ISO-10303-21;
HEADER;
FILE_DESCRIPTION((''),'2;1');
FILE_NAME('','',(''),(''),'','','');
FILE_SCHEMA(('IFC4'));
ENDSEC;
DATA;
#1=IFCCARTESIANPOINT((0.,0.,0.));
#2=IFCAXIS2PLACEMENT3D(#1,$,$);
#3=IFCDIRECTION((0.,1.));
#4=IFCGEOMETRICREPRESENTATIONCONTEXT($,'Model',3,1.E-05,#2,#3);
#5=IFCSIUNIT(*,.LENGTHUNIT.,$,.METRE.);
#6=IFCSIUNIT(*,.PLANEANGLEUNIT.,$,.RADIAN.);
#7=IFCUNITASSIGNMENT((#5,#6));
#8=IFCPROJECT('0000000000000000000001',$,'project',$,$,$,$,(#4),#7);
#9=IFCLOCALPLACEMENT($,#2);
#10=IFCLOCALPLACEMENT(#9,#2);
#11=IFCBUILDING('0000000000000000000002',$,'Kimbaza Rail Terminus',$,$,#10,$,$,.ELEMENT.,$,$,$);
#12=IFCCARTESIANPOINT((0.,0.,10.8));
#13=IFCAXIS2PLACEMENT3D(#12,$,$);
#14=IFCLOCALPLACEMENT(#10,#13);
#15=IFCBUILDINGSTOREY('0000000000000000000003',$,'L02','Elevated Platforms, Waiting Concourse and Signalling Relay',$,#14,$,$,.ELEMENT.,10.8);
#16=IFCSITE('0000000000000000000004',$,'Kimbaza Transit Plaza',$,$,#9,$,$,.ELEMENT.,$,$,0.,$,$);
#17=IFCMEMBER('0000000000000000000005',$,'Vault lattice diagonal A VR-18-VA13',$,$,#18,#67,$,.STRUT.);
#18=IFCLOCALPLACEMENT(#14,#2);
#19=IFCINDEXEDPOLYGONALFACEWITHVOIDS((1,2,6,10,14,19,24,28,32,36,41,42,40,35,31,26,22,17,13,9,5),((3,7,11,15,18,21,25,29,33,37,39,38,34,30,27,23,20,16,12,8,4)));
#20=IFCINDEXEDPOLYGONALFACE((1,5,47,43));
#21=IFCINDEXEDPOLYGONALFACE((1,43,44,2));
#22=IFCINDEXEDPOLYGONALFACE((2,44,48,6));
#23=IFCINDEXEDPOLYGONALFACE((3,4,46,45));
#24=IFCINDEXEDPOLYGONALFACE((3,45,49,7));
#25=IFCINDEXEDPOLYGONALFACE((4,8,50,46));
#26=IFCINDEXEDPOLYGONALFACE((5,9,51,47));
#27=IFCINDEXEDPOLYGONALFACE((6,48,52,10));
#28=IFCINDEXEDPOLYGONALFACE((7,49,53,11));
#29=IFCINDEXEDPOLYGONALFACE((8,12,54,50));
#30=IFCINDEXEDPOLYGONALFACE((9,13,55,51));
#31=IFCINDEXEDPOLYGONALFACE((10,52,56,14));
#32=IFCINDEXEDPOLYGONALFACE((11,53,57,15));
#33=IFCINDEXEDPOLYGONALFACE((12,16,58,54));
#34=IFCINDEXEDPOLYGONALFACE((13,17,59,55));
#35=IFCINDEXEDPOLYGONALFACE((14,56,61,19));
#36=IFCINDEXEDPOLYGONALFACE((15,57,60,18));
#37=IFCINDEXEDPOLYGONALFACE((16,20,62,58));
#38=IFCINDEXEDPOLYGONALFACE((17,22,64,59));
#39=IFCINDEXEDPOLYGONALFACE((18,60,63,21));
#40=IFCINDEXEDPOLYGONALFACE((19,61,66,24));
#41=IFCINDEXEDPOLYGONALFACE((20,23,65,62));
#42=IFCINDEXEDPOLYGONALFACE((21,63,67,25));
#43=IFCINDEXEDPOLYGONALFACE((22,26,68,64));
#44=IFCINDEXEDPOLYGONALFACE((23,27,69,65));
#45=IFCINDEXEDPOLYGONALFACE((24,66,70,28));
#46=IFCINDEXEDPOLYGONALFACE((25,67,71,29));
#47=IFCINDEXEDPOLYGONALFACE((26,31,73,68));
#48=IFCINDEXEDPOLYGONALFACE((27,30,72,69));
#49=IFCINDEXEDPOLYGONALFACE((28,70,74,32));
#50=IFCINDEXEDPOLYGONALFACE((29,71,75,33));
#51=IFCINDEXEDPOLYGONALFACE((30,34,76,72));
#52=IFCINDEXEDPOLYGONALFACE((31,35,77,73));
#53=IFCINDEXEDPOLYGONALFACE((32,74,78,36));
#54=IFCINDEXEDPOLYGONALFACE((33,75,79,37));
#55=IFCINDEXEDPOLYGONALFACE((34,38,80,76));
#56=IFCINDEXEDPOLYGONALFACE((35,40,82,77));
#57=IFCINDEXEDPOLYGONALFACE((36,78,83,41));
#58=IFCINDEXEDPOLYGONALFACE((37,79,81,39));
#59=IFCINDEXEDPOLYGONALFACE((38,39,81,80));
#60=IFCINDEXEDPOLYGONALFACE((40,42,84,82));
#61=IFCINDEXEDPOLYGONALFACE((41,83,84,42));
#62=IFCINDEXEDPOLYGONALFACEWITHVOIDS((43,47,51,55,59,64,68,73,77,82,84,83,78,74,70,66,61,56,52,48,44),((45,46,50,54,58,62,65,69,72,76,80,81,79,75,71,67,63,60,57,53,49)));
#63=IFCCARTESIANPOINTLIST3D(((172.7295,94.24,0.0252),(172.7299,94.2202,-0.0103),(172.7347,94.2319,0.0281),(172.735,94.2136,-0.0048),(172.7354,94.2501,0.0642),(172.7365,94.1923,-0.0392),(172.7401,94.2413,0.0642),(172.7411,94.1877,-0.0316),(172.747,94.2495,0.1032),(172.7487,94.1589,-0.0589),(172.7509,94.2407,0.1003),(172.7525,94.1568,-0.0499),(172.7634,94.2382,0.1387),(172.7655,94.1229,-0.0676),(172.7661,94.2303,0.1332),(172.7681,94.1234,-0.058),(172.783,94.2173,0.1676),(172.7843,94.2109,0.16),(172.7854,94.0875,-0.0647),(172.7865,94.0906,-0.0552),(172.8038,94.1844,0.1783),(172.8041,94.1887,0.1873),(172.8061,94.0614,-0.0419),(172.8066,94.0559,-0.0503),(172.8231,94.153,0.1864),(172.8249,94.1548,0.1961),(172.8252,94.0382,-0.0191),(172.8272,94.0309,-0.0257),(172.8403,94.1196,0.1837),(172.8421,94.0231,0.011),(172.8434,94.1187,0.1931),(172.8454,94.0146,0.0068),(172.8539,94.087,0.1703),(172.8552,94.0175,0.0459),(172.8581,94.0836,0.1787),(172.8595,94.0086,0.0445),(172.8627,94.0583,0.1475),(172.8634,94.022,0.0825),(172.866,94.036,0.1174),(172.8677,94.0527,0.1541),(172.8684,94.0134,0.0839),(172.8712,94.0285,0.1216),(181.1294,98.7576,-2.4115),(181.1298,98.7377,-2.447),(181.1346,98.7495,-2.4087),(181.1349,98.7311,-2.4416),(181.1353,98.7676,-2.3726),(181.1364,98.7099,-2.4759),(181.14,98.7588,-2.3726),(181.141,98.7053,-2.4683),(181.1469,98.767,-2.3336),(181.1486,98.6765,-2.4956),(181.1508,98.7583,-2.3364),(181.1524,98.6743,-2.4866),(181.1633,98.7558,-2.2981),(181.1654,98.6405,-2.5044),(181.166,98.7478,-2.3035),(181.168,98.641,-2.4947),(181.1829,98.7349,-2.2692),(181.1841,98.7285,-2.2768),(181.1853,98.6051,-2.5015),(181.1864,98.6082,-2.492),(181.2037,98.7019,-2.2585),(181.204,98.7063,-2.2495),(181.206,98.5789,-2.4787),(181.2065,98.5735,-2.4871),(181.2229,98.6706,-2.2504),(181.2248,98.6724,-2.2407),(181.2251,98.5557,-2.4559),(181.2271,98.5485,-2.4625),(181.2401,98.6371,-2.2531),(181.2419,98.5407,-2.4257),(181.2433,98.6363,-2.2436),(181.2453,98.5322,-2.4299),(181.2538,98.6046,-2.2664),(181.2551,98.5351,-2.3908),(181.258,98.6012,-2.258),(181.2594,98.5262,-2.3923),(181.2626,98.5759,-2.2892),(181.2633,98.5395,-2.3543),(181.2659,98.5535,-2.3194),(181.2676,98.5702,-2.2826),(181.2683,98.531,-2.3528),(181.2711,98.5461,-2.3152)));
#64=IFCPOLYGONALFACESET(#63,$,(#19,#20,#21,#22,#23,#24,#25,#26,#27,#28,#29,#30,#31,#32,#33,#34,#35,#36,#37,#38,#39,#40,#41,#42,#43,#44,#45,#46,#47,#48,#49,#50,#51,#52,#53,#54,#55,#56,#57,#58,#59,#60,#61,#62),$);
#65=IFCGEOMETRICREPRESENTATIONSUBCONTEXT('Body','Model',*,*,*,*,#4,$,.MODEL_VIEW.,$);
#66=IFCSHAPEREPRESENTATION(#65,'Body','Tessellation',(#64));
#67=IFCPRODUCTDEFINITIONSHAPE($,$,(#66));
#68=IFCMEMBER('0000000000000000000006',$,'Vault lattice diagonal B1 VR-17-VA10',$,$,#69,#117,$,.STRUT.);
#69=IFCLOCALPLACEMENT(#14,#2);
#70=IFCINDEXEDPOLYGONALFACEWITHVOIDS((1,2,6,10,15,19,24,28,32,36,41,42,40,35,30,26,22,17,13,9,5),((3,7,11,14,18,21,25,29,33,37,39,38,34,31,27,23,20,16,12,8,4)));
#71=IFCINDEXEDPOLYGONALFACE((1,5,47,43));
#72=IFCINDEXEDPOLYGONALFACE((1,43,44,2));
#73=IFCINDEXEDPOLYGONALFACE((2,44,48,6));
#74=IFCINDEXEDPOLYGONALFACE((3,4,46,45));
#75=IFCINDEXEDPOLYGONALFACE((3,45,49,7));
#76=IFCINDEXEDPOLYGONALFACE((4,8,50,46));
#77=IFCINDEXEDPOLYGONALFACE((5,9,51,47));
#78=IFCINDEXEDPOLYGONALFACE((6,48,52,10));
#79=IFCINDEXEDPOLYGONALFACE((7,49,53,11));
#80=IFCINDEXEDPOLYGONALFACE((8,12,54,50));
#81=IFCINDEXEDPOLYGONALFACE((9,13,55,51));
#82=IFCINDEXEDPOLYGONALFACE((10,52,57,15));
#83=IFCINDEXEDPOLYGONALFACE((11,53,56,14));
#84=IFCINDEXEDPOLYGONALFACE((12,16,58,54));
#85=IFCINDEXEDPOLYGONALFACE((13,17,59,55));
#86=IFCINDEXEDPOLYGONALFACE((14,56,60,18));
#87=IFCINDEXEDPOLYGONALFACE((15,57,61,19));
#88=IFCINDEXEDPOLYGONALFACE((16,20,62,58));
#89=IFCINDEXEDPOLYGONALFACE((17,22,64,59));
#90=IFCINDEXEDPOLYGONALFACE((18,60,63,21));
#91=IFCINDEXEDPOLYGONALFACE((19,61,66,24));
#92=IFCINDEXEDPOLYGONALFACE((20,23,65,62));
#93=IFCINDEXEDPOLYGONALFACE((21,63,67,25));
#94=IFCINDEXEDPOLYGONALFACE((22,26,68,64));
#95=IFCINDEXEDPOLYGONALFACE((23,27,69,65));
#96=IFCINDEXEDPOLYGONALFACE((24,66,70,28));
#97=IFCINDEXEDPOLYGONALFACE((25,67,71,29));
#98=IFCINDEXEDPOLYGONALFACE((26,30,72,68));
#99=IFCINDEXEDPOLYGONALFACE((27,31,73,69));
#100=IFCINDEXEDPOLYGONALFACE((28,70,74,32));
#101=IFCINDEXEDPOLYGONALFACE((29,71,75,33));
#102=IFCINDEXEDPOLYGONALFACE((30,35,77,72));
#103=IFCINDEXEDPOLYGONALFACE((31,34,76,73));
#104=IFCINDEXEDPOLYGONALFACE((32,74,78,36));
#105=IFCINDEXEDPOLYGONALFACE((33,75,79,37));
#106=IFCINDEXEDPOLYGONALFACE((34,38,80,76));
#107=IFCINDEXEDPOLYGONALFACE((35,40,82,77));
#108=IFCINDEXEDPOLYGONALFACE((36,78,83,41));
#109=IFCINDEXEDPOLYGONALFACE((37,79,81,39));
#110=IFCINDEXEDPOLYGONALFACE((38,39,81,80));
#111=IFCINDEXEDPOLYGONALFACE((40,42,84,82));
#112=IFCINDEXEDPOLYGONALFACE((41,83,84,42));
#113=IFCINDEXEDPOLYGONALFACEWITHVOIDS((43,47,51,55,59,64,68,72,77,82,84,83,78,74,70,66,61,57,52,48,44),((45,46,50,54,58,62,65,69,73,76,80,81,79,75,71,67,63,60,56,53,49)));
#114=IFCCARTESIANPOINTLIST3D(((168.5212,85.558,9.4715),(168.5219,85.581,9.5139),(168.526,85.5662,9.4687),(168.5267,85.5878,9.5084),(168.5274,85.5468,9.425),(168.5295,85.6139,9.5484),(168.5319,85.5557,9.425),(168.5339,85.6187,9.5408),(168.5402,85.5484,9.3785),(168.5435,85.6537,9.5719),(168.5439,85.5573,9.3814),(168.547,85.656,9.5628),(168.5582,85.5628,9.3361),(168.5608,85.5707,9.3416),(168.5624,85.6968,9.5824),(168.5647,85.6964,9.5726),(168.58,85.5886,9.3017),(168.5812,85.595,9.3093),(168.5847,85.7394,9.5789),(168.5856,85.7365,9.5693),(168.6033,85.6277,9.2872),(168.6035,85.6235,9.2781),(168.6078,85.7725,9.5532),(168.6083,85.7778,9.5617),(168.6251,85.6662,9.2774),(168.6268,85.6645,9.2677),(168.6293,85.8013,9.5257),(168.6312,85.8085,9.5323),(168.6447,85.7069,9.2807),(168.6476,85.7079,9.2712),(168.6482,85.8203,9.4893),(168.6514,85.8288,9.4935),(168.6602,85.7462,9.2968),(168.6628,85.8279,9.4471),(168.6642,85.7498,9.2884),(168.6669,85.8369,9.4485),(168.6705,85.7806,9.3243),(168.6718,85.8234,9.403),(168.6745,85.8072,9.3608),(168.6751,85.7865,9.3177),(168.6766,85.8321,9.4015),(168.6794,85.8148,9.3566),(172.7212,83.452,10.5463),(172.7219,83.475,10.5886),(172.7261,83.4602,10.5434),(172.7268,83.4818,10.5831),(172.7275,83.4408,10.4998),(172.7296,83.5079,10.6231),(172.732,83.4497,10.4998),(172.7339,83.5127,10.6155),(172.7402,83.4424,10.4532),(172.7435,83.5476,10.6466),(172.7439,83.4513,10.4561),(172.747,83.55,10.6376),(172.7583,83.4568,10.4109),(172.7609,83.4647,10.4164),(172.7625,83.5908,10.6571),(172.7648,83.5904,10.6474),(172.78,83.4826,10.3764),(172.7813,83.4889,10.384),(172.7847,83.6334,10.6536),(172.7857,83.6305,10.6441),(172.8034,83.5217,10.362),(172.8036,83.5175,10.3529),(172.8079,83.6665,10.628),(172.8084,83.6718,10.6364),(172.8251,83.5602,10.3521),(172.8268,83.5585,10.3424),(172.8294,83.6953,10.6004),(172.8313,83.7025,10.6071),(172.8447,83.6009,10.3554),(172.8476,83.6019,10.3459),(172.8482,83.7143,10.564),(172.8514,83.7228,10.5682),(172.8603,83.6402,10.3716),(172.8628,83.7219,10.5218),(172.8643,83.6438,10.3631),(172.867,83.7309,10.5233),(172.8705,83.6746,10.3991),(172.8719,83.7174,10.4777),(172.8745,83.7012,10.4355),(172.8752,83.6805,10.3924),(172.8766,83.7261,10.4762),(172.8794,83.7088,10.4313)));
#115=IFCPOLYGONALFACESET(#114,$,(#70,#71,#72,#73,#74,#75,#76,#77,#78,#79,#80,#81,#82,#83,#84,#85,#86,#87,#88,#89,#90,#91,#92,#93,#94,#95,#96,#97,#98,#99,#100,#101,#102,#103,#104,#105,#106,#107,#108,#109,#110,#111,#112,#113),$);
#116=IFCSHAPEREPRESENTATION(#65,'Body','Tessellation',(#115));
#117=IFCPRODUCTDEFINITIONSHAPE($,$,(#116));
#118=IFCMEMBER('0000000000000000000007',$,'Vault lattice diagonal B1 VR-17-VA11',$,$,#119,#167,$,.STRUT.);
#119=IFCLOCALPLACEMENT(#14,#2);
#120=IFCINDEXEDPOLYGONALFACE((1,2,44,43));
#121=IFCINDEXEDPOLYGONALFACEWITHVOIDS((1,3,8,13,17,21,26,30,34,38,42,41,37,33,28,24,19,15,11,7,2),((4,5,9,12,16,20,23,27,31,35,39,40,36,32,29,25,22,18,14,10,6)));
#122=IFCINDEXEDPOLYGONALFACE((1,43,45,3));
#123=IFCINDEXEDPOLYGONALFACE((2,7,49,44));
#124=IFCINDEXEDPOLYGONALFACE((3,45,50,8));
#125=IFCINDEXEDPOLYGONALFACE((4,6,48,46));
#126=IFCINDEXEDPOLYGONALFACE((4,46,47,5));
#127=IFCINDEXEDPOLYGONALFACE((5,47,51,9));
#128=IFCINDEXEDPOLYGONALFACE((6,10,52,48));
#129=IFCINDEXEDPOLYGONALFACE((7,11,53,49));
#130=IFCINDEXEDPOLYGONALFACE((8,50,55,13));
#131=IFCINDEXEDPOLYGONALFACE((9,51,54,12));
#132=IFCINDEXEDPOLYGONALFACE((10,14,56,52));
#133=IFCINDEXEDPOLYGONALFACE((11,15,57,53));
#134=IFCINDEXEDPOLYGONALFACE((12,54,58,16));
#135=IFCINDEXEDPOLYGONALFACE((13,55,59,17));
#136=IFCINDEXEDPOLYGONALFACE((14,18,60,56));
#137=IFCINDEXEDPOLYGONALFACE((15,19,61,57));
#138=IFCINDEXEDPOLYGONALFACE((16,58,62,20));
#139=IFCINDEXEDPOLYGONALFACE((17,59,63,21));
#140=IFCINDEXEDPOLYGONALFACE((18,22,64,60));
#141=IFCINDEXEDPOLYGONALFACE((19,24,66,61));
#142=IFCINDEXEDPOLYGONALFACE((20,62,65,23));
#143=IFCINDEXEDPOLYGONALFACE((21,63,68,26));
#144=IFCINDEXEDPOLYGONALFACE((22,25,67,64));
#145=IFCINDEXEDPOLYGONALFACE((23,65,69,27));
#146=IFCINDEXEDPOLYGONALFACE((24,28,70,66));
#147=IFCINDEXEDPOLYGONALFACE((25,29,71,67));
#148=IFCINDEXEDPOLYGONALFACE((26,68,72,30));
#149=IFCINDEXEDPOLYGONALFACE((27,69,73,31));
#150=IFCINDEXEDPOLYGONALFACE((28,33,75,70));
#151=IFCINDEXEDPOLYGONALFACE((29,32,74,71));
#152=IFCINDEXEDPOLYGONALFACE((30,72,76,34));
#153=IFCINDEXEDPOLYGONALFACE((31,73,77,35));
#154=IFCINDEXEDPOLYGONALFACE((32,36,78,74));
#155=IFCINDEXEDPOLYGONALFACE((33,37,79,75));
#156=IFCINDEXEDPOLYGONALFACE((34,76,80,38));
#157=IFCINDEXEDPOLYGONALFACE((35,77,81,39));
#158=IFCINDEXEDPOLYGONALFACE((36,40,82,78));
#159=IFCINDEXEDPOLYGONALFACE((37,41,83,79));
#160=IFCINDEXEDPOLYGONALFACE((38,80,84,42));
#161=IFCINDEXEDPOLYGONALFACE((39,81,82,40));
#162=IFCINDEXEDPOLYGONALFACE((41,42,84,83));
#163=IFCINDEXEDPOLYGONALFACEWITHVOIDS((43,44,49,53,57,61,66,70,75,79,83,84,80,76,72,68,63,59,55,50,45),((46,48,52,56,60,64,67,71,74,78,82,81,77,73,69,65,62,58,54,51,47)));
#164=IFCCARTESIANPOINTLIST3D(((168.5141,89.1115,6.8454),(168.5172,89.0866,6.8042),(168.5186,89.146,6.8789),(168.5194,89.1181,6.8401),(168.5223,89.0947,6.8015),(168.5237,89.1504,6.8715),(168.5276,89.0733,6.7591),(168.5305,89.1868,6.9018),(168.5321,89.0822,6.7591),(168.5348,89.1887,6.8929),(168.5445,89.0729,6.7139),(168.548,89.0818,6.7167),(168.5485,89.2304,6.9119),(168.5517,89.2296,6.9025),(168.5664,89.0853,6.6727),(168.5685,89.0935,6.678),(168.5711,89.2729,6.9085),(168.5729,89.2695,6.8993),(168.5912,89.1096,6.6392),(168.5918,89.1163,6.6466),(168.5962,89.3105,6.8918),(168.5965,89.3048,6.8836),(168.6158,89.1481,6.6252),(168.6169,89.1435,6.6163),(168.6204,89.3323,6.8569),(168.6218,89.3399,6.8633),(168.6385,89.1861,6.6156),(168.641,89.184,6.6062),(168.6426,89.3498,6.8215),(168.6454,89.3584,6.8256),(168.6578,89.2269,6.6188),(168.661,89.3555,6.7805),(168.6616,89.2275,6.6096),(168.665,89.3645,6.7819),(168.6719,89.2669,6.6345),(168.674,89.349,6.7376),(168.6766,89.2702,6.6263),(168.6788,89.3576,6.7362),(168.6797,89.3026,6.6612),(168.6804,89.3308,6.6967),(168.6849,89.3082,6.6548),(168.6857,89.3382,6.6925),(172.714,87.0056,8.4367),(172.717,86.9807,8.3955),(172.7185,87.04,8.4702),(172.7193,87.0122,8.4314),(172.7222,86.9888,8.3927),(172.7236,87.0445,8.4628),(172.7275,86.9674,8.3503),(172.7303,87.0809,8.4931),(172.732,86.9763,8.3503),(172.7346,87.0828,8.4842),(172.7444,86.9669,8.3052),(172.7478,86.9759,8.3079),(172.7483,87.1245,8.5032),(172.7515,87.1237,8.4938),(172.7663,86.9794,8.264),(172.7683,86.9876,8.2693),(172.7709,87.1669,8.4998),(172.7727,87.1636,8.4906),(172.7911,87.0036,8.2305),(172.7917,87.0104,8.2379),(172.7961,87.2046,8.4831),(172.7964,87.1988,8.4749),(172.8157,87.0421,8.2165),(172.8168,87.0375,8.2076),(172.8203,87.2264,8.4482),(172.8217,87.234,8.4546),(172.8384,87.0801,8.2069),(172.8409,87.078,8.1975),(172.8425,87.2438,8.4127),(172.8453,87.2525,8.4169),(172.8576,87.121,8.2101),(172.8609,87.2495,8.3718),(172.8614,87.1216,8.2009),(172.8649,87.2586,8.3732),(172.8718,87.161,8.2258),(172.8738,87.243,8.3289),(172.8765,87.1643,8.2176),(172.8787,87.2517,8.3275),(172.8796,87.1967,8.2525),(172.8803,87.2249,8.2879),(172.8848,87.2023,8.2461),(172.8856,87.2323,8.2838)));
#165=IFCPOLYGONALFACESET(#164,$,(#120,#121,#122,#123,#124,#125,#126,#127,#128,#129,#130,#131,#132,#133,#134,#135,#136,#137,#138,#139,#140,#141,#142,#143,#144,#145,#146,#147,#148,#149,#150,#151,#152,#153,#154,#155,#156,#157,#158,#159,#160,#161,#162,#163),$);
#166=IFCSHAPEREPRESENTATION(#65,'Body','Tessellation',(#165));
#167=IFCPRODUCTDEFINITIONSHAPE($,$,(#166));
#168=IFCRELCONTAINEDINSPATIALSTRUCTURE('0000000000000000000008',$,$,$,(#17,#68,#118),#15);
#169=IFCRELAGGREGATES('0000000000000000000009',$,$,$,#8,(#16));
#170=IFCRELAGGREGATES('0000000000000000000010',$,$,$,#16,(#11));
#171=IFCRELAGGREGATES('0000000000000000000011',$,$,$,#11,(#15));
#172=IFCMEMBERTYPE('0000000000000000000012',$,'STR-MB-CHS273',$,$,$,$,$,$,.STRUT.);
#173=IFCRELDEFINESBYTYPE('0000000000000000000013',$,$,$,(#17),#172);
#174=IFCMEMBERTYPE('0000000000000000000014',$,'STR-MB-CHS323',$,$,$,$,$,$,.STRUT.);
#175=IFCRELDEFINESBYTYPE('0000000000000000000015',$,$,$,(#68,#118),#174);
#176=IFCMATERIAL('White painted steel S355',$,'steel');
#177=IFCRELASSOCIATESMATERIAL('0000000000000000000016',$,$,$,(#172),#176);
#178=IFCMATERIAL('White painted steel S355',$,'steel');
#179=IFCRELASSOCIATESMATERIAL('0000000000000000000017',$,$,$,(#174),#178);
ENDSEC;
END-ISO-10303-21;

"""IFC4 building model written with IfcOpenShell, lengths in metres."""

from ifc_helpers import new_model, si_unit, direction, frame, origin, origin_2d, place, context, subcontext, project, spatial, hollow_circle, extrude, material, material_profile, profile_set, type_object, element, save


model = new_model("IFC4")

# Units and contexts
model_context = context("Model", 3, precision=1e-05, world=origin(), true_north=direction((0.0, 1.0)))
body_context = subcontext(model_context, "Body", "Model", "MODEL_VIEW")
ifc_project = project(units=[si_unit("LENGTHUNIT", "METRE"), si_unit("PLANEANGLEUNIT", "RADIAN")], contexts=[model_context])

# Site, building, storey
site_placement = place(None, origin())
site = spatial("IfcSite", under=ifc_project, at=site_placement, Name="Kimbaza Transit Plaza", CompositionType="ELEMENT", RefElevation=0.0)
building_placement = place(site_placement, origin())
building = spatial("IfcBuilding", under=site, at=building_placement, Name="Kimbaza Rail Terminus", CompositionType="ELEMENT")
storey_placement = place(building_placement, frame((0.0, 0.0, 10.8)))
storey = spatial("IfcBuildingStorey", under=building, at=storey_placement, Name="L02", Description="Elevated Platforms, Waiting Concourse and Signalling Relay", CompositionType="ELEMENT", Elevation=10.8)

# Members
ifc_material_1 = material(Name="White painted steel S355", Category="steel")
ifc_material_profile_1 = material_profile(ifc_material_1, hollow_circle(Radius=0.1365, WallThickness=0.01, at=origin_2d()), Name="CHS 273x10")
ifc_profile_set_1 = profile_set([ifc_material_profile_1], Name="White painted steel S355")
member_type_1 = type_object("IfcMemberType", Name="STR-MB-CHS273", PredefinedType="STRUT", material=ifc_profile_set_1)
member_1_placement = place(storey_placement, frame((172.8, 94.1299, 0.0642), z_axis=(0.8533, 0.458916, -0.247538), x_axis=(-0.473657, 0.880709, 0.0)))
element("IfcMember", 1, at=member_1_placement, inside=storey, type_object=member_type_1, Name="Vault lattice diagonal A VR-18-VA13", PredefinedType="STRUT", context=body_context, shape_type="SweptSolid", body=[
    extrude(hollow_circle(Radius=0.1365, WallThickness=0.01, at=origin_2d()), origin(), (0.0, 0.0, 1.0), 9.844),
])
ifc_material_2 = material(Name="White painted steel S355", Category="steel")
ifc_material_profile_2 = material_profile(ifc_material_2, hollow_circle(Radius=0.1619, WallThickness=0.01, at=origin_2d()), Name="CHS 323.9x10")
ifc_profile_set_2 = profile_set([ifc_material_profile_2], Name="White painted steel S355")
member_type_2 = type_object("IfcMemberType", Name="STR-MB-CHS323", PredefinedType="STRUT", material=ifc_profile_set_2)
member_2_placement = place(storey_placement, frame((172.8, 83.5854, 10.4998), z_axis=(-0.871411, 0.436947, -0.222982), x_axis=(-0.448232, -0.893917, 0.0)))
element("IfcMember", 2, at=member_2_placement, inside=storey, type_object=member_type_2, Name="Vault lattice diagonal B1 VR-17-VA10", PredefinedType="STRUT", context=body_context, shape_type="SweptSolid", body=[
    extrude(hollow_circle(Radius=0.1619, WallThickness=0.01, at=origin_2d()), origin(), (0.0, 0.0, 1.0), 4.8198),
])
member_3_placement = place(storey_placement, frame((172.8, 87.1121, 8.3503), z_axis=(-0.846673, 0.424542, -0.320794), x_axis=(-0.448232, -0.893917, 0.0)))
element("IfcMember", 3, at=member_3_placement, inside=storey, type_object=member_type_2, Name="Vault lattice diagonal B1 VR-17-VA11", PredefinedType="STRUT", context=body_context, shape_type="SweptSolid", body=[
    extrude(hollow_circle(Radius=0.1619, WallThickness=0.01, at=origin_2d()), origin(), (0.0, 0.0, 1.0), 4.9604),
])

save(model, "model.ifc")
